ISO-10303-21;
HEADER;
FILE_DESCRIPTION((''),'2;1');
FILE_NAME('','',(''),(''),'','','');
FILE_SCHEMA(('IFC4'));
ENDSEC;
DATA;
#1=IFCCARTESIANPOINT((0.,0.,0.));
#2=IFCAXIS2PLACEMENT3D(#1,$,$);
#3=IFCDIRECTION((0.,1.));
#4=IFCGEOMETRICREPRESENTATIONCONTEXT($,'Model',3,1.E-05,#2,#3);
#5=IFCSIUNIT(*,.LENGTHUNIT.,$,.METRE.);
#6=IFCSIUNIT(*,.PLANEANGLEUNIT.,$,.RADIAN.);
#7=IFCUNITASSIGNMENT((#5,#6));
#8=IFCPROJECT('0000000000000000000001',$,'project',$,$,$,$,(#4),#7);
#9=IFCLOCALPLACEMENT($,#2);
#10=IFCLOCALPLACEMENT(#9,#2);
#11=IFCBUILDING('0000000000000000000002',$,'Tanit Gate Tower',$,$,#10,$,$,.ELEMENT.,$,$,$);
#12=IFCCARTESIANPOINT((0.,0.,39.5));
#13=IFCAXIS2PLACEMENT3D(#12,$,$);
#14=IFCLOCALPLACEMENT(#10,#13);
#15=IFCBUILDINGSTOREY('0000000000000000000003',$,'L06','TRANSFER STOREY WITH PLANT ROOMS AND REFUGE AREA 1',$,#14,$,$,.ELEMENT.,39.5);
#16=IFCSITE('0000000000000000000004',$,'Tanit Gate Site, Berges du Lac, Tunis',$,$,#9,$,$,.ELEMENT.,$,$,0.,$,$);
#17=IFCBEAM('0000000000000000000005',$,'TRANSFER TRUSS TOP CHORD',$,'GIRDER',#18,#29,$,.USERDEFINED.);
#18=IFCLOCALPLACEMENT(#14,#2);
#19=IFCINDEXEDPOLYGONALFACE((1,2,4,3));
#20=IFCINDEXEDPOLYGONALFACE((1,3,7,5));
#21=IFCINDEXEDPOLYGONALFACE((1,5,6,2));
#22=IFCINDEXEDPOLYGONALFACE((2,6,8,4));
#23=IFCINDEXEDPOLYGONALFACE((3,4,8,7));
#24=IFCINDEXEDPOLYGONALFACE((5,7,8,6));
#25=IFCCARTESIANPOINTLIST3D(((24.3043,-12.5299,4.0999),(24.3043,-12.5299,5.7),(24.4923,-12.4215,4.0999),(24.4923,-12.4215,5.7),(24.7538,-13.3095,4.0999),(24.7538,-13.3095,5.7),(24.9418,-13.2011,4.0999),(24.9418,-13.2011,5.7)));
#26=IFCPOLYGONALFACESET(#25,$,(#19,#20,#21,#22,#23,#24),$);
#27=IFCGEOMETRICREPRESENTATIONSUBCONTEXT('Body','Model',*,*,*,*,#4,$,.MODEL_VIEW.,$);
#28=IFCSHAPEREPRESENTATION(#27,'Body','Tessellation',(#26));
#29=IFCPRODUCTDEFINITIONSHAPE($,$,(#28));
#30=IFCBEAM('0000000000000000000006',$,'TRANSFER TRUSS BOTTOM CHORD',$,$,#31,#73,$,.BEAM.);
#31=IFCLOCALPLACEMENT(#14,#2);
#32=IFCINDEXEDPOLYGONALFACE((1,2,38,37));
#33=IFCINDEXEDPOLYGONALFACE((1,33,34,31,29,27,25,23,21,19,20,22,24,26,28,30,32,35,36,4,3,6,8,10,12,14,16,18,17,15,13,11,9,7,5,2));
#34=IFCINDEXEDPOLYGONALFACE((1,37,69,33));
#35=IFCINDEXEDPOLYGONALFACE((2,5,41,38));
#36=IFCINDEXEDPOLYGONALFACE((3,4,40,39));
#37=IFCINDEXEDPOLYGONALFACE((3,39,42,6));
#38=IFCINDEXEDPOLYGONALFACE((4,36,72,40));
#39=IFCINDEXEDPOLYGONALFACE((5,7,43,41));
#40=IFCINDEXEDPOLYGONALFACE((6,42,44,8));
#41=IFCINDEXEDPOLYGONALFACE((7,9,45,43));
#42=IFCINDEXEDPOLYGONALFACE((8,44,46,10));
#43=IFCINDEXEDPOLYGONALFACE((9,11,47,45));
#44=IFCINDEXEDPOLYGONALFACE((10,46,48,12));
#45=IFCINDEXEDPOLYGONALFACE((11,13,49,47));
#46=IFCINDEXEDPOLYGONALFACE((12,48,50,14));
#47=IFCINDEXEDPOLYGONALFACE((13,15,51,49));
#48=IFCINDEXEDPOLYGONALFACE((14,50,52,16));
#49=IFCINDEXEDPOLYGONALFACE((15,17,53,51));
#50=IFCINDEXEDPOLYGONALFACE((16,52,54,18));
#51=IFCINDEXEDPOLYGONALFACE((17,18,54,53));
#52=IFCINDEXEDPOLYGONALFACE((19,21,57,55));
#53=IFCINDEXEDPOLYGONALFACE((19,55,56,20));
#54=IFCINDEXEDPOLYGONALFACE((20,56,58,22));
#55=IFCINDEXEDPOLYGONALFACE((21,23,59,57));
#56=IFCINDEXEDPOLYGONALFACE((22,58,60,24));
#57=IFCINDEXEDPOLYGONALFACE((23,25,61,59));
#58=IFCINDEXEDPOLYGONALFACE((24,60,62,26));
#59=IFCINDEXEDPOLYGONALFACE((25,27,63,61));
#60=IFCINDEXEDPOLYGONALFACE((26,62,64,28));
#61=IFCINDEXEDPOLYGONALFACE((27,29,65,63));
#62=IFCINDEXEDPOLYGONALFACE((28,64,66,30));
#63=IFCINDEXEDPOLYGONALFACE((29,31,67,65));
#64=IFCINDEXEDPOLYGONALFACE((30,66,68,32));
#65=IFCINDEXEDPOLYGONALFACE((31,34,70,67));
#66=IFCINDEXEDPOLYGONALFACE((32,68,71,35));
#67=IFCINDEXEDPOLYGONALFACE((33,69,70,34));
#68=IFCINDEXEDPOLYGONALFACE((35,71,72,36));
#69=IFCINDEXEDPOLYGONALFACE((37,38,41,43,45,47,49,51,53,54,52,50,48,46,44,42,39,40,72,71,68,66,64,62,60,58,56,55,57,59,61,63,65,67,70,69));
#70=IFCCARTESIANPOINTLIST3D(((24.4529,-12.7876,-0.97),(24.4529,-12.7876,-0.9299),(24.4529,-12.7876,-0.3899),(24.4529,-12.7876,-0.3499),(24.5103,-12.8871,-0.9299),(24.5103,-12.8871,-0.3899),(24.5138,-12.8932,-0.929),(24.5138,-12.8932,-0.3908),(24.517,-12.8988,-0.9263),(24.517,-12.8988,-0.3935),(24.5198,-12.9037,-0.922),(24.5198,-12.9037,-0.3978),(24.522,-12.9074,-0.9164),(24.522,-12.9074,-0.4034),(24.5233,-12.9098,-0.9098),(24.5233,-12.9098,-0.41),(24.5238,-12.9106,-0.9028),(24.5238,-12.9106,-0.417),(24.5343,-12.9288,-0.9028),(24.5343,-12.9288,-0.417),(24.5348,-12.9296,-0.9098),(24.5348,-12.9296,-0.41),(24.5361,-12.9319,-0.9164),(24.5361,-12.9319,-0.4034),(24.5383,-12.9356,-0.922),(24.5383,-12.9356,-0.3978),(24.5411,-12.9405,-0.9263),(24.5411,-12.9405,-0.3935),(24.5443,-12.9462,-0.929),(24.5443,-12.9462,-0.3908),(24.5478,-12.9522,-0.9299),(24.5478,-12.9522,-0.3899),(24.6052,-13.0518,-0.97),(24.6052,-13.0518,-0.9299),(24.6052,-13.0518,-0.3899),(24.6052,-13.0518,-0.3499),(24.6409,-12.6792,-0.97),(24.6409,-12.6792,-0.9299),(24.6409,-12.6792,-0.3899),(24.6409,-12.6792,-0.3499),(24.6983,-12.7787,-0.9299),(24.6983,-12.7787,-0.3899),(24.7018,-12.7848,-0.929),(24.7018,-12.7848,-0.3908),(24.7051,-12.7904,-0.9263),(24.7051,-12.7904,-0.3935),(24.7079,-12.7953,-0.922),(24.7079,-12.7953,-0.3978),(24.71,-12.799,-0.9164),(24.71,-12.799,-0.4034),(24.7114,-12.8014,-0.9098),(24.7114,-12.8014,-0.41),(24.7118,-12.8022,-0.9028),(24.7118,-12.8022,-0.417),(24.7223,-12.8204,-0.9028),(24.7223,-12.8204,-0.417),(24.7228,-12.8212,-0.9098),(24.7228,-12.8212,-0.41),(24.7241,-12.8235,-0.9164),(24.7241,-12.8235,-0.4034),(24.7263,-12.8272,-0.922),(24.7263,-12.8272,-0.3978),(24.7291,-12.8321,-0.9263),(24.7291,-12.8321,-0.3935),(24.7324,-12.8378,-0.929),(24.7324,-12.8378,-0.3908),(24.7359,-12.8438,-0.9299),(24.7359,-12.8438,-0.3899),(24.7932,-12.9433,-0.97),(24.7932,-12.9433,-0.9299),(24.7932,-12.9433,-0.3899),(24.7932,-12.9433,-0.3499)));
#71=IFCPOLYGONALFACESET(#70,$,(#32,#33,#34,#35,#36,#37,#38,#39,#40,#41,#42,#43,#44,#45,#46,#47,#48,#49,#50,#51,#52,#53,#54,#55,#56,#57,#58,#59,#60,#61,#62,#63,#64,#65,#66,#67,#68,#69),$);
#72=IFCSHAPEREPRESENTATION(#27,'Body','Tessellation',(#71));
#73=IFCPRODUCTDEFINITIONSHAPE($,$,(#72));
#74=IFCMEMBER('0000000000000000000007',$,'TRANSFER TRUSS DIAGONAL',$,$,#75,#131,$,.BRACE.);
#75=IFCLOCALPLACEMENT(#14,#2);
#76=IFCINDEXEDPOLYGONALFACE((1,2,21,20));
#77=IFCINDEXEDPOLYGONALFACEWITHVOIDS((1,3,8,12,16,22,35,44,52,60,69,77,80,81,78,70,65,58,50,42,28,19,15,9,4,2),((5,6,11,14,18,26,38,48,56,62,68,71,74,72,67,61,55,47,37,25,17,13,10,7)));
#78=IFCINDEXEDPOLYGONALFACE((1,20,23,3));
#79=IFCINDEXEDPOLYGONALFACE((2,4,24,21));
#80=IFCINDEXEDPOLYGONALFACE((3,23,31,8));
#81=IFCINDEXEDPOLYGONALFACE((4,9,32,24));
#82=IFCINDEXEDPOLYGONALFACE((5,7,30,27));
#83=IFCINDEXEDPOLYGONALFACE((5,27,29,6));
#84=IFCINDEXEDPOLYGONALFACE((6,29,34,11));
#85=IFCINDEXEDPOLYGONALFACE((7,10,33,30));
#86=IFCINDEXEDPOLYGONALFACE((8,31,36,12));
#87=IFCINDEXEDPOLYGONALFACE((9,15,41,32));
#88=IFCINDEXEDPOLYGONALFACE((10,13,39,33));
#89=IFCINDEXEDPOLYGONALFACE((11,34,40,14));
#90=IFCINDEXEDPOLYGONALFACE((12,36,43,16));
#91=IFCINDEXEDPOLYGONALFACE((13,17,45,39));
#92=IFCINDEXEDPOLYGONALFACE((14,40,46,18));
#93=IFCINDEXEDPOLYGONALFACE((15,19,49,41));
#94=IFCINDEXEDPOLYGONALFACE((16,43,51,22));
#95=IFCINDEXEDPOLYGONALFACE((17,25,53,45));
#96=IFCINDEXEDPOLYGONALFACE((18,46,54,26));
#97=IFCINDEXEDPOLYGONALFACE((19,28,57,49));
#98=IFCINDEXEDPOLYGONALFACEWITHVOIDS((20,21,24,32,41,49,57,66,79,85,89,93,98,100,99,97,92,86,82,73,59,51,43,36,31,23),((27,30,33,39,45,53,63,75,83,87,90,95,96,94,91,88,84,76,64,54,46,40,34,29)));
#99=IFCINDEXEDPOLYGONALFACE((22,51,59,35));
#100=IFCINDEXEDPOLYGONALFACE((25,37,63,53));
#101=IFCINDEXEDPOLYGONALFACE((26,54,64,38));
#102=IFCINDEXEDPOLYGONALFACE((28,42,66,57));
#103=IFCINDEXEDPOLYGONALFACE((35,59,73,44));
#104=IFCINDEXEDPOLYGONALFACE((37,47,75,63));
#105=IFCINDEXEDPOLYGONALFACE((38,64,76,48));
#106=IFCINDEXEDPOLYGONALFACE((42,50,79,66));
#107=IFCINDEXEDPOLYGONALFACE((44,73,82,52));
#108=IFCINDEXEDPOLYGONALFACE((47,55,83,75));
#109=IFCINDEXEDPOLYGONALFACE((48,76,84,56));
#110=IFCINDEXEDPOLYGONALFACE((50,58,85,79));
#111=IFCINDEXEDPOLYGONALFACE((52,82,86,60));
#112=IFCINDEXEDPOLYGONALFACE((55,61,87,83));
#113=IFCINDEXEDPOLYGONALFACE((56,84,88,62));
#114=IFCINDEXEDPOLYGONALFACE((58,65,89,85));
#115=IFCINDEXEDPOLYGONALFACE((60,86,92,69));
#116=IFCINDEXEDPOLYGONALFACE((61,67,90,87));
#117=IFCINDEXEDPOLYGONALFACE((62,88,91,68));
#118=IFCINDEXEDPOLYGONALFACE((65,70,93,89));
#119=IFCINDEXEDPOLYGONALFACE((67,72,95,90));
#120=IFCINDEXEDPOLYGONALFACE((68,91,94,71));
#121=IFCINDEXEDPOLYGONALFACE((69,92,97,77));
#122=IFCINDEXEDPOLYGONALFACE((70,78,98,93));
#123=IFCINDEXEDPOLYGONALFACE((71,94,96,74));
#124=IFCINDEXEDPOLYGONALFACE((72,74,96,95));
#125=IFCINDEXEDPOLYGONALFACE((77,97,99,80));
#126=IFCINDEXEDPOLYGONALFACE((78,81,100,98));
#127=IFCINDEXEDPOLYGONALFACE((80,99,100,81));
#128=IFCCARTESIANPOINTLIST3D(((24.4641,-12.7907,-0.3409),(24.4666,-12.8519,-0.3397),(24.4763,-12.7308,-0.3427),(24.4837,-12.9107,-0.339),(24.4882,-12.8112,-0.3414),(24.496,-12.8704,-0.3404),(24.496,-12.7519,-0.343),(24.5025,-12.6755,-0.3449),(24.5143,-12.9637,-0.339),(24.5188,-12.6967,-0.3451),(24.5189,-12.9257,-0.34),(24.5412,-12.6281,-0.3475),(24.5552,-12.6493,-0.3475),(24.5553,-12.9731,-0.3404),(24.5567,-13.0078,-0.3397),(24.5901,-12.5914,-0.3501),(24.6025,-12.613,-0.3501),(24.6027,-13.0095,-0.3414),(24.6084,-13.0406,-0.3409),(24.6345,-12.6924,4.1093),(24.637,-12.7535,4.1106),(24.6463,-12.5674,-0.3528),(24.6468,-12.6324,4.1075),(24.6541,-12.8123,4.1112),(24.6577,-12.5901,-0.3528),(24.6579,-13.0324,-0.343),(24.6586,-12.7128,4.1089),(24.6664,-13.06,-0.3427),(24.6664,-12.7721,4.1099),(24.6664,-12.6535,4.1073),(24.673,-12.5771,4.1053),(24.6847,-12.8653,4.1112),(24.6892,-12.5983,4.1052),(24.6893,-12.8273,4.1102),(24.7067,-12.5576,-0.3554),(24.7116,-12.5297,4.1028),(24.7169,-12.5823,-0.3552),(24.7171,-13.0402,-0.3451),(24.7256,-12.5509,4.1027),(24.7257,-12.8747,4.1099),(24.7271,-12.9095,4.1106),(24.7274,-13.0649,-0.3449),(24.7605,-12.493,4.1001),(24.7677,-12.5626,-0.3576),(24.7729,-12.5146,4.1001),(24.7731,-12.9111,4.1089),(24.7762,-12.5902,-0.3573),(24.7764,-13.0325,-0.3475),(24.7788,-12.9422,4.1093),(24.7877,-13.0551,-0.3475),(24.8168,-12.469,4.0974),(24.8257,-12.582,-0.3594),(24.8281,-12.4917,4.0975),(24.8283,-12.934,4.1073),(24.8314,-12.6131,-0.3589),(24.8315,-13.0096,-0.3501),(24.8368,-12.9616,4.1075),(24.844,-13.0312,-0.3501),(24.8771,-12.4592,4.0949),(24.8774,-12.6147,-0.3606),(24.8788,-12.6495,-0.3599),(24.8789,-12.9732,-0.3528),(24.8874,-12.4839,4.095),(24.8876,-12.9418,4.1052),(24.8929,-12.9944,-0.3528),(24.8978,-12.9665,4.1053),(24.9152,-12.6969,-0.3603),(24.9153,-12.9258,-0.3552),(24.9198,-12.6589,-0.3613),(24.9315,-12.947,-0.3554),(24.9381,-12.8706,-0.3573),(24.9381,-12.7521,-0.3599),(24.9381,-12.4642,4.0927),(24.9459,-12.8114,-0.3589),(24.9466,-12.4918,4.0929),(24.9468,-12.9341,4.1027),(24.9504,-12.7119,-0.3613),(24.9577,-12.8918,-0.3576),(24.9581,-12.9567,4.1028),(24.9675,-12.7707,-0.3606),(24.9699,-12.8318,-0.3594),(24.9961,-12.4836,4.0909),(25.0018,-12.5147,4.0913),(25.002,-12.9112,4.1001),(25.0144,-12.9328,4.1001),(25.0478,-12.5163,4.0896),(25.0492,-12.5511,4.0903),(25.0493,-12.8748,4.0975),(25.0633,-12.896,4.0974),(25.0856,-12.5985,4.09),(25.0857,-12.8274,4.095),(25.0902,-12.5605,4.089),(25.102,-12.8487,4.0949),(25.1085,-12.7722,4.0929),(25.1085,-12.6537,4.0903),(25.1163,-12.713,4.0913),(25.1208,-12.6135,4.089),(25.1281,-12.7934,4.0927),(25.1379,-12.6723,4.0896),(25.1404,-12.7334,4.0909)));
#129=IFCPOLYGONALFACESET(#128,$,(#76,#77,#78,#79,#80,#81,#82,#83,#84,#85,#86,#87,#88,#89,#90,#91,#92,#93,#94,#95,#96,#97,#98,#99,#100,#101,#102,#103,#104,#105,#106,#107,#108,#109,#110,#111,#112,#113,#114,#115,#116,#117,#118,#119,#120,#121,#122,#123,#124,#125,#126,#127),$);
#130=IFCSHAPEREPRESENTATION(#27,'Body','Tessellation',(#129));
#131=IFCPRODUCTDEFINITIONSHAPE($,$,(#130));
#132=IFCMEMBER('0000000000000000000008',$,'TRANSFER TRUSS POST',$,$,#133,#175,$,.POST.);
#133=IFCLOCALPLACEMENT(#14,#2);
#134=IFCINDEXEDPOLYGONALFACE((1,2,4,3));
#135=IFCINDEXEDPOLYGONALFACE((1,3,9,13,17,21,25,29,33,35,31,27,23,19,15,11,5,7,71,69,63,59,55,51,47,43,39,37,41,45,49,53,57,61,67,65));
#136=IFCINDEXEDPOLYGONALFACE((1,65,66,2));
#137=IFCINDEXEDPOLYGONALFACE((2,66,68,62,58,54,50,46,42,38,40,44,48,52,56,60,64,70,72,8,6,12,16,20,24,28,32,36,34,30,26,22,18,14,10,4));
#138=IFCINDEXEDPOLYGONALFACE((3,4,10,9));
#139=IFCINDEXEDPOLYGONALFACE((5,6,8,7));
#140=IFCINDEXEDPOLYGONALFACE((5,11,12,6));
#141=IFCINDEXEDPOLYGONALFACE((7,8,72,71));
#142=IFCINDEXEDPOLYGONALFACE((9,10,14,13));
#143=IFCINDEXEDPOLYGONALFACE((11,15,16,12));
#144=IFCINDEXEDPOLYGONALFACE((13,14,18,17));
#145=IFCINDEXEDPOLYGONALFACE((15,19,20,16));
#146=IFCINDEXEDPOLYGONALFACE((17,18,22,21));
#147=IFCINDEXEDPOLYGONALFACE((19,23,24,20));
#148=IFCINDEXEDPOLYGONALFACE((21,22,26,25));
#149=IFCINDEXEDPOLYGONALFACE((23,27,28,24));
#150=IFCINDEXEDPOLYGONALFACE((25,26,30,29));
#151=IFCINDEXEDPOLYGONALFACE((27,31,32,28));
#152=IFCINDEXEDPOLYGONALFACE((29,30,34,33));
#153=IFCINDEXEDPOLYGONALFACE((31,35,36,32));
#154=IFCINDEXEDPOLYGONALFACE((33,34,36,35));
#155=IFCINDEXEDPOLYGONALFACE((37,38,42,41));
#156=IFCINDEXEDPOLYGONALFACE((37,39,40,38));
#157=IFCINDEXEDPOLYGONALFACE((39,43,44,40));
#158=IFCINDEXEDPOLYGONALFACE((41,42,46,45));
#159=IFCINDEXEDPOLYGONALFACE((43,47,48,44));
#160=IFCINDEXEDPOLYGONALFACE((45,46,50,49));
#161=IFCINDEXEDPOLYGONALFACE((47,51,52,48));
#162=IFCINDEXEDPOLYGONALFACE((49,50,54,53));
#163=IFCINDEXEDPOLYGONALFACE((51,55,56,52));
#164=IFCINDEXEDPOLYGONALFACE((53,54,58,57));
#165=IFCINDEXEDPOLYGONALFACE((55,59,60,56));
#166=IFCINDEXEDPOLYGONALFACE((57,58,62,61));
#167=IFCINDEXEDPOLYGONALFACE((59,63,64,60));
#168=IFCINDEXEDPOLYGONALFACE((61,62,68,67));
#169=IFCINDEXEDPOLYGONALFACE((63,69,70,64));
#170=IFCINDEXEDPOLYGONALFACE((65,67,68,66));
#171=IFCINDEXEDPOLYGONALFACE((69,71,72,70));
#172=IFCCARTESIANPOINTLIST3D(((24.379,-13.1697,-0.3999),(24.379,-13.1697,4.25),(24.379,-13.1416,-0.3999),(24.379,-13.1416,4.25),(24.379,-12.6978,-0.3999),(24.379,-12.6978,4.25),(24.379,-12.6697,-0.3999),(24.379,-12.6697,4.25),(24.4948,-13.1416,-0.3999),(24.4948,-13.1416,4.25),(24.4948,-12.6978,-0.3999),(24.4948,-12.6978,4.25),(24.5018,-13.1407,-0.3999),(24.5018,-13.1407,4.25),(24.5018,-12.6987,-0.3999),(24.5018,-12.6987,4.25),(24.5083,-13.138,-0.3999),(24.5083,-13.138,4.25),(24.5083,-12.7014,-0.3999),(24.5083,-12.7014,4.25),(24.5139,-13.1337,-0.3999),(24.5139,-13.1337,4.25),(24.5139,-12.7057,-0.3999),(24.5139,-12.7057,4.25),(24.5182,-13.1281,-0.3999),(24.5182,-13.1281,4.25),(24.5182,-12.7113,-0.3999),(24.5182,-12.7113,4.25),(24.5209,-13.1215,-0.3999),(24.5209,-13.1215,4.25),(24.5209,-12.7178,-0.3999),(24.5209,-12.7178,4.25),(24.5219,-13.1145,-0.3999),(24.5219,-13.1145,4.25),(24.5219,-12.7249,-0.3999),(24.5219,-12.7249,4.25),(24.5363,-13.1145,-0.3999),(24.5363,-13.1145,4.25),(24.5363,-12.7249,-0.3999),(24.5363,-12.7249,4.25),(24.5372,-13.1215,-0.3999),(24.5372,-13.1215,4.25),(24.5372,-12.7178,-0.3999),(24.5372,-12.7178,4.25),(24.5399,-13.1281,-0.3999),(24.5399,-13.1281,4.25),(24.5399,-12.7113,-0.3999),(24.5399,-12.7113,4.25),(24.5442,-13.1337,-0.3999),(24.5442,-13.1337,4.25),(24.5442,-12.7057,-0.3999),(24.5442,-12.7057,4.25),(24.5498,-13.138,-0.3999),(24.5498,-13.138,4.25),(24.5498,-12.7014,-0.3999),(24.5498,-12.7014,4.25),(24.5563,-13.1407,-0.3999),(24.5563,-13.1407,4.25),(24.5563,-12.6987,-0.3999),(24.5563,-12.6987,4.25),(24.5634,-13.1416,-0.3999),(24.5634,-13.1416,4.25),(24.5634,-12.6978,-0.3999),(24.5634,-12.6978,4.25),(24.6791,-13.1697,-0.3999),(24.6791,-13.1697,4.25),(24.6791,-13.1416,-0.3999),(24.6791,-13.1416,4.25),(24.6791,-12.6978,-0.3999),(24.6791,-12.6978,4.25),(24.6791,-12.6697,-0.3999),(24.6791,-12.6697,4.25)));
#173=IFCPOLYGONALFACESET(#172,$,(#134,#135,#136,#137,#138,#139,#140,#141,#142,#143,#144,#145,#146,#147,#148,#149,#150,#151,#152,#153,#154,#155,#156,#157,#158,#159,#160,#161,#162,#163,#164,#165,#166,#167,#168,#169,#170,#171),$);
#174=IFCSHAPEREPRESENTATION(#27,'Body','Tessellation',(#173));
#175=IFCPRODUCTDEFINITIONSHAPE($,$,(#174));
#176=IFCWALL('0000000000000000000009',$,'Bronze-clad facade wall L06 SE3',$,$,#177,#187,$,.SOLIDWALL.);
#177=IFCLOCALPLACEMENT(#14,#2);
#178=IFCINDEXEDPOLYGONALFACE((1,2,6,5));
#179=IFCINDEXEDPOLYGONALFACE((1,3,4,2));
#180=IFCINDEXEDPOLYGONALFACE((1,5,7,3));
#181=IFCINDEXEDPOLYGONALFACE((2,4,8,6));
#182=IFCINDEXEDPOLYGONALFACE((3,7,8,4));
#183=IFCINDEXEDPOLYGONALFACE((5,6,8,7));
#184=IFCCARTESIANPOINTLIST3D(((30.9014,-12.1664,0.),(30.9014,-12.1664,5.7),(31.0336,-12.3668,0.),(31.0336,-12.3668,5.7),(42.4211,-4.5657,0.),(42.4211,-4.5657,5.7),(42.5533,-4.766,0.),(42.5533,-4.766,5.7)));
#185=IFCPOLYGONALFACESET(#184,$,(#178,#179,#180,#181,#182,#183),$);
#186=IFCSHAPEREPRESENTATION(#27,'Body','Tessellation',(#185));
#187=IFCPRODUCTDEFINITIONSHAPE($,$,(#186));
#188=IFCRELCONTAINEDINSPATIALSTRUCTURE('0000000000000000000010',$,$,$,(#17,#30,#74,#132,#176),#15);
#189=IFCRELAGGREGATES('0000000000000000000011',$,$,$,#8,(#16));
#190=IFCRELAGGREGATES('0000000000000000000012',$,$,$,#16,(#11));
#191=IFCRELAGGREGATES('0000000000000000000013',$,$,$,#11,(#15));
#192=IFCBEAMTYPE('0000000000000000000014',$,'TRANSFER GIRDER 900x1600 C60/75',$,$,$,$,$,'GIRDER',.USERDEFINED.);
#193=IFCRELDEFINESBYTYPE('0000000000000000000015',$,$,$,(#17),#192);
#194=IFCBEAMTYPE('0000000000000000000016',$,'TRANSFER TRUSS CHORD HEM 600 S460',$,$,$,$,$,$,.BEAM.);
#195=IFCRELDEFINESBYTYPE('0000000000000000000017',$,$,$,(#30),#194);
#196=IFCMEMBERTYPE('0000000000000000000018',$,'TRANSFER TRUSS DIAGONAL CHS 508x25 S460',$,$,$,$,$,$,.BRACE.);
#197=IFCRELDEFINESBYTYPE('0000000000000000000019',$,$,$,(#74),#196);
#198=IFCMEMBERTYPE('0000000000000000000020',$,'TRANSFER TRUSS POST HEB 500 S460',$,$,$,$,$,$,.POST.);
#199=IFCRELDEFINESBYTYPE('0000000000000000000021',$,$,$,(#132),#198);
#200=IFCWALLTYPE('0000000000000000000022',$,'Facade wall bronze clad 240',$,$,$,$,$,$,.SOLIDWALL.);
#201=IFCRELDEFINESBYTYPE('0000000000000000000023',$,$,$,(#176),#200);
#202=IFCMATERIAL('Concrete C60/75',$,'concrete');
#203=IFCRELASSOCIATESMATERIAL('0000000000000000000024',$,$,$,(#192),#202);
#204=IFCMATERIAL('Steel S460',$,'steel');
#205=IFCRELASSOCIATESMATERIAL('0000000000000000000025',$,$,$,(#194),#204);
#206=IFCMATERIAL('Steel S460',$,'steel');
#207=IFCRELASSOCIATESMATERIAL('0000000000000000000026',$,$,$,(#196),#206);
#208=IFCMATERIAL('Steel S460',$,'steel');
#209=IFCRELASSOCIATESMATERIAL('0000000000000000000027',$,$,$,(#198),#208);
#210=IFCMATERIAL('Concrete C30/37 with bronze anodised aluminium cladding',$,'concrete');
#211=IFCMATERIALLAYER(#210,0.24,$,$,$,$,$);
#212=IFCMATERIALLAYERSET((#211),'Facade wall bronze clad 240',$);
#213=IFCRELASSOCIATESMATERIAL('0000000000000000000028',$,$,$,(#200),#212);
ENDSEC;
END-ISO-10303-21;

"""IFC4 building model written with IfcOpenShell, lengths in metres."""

from ifc_helpers import new_model, si_unit, direction, frame, frame_2d, origin, origin_2d, place, context, subcontext, project, spatial, rectangle, hollow_circle, i_section, extrude, material, layer, layer_set, material_profile, profile_set, type_object, element, save


model = new_model("IFC4")

# Units and contexts
model_context = context("Model", 3, precision=1e-05, world=origin(), true_north=direction((0.0, 1.0)))
body_context = subcontext(model_context, "Body", "Model", "MODEL_VIEW")
ifc_project = project(units=[si_unit("LENGTHUNIT", "METRE"), si_unit("PLANEANGLEUNIT", "RADIAN")], contexts=[model_context])

# Site, building, storey
site_placement = place(None, origin())
site = spatial("IfcSite", under=ifc_project, at=site_placement, Name="Tanit Gate Site, Berges du Lac, Tunis", CompositionType="ELEMENT", RefElevation=0.0)
building_placement = place(site_placement, origin())
building = spatial("IfcBuilding", under=site, at=building_placement, Name="Tanit Gate Tower", CompositionType="ELEMENT")
storey_placement = place(building_placement, frame((0.0, 0.0, 39.5)))
storey = spatial("IfcBuildingStorey", under=building, at=storey_placement, Name="L06", Description="TRANSFER STOREY WITH PLANT ROOMS AND REFUGE AREA 1", CompositionType="ELEMENT", Elevation=39.5)

# Beams
ifc_material_1 = material(Name="Concrete C60/75", Category="concrete")
ifc_material_profile_1 = material_profile(ifc_material_1, rectangle(XDim=0.8999, YDim=1.6001, at=origin_2d()), Name="RC 900x1600")
ifc_profile_set_1 = profile_set([ifc_material_profile_1], Name="Concrete C60/75")
beam_type_1 = type_object("IfcBeamType", Name="TRANSFER GIRDER 900x1600 C60/75", ElementType="GIRDER", PredefinedType="USERDEFINED", material=ifc_profile_set_1)
beam_1_placement = place(storey_placement, frame((24.5291, -12.9197, 4.8999), z_axis=(0.866298, 0.499528, 0.0), x_axis=(-0.499528, 0.866298, 0.0)))
element("IfcBeam", 1, at=beam_1_placement, inside=storey, type_object=beam_type_1, Name="TRANSFER TRUSS TOP CHORD", ObjectType="GIRDER", PredefinedType="USERDEFINED", context=body_context, shape_type="SweptSolid", body=[
    extrude(rectangle(XDim=0.8999, YDim=1.6001, at=origin_2d()), origin(), (0.0, 0.0, 1.0), 0.217),
])
ifc_material_2 = material(Name="Steel S460", Category="steel")
ifc_material_profile_2 = material_profile(ifc_material_2, i_section(OverallWidth=0.3049, OverallDepth=0.6201, WebThickness=0.021, FlangeThickness=0.04, FilletRadius=0.0271, at=origin_2d()), Name="HEM 600")
ifc_profile_set_2 = profile_set([ifc_material_profile_2], Name="Steel S460")
beam_type_2 = type_object("IfcBeamType", Name="TRANSFER TRUSS CHORD HEM 600 S460", PredefinedType="BEAM", material=ifc_profile_set_2)
beam_2_placement = place(storey_placement, frame((24.5291, -12.9197, -0.6599), z_axis=(0.866298, 0.499528, 0.0), x_axis=(-0.499528, 0.866298, 0.0)))
element("IfcBeam", 2, at=beam_2_placement, inside=storey, type_object=beam_type_2, Name="TRANSFER TRUSS BOTTOM CHORD", PredefinedType="BEAM", context=body_context, shape_type="SweptSolid", body=[
    extrude(i_section(OverallWidth=0.3049, OverallDepth=0.6201, WebThickness=0.021, FlangeThickness=0.04, FilletRadius=0.0271, at=origin_2d()), origin(), (0.0, 0.0, 1.0), 0.217),
])

# Members
ifc_material_3 = material(Name="Steel S460", Category="steel")
ifc_material_profile_3 = material_profile(ifc_material_3, hollow_circle(Radius=0.2539, WallThickness=0.0249, at=origin_2d()), Name="CHS 508x25")
ifc_profile_set_3 = profile_set([ifc_material_profile_3], Name="Steel S460")
member_type_1 = type_object("IfcMemberType", Name="TRANSFER TRUSS DIAGONAL CHS 508x25 S460", PredefinedType="BRACE", material=ifc_profile_set_3)
member_1_placement = place(storey_placement, frame((24.8875, -12.7129, 4.1001), z_axis=(-0.038255, -0.022087, -0.999024), x_axis=(0.500009, -0.86602, 0.0)))
element("IfcMember", 3, at=member_1_placement, inside=storey, type_object=member_type_1, Name="TRANSFER TRUSS DIAGONAL", PredefinedType="BRACE", context=body_context, shape_type="SweptSolid", body=[
    extrude(hollow_circle(Radius=0.2539, WallThickness=0.0249, at=origin_2d()), origin(), (0.0, 0.0, 1.0), 4.4546),
])
ifc_material_4 = material(Name="Steel S460", Category="steel")
ifc_material_profile_4 = material_profile(ifc_material_4, i_section(OverallWidth=0.3, OverallDepth=0.5, WebThickness=0.0144, FlangeThickness=0.0281, FilletRadius=0.0271, at=origin_2d()), Name="HEB 500")
ifc_profile_set_4 = profile_set([ifc_material_profile_4], Name="Steel S460")
member_type_2 = type_object("IfcMemberType", Name="TRANSFER TRUSS POST HEB 500 S460", PredefinedType="POST", material=ifc_profile_set_4)
member_2_placement = place(storey_placement, frame((24.5291, -12.9197, -0.3999), z_axis=(0.0, 0.0, 1.0), x_axis=(1.0, 0.0, 0.0)))
element("IfcMember", 4, at=member_2_placement, inside=storey, type_object=member_type_2, Name="TRANSFER TRUSS POST", PredefinedType="POST", context=body_context, shape_type="SweptSolid", body=[
    extrude(i_section(OverallWidth=0.3, OverallDepth=0.5, WebThickness=0.0144, FlangeThickness=0.0281, FilletRadius=0.0271, at=origin_2d()), origin(), (0.0, 0.0, 1.0), 4.6499),
])

# Wall
ifc_material_5 = material(Name="Concrete C30/37 with bronze anodised aluminium cladding", Category="concrete")
ifc_layer_1 = layer(ifc_material_5, 0.24)
ifc_layer_set_1 = layer_set([ifc_layer_1], Name="Facade wall bronze clad 240")
wall_type_1 = type_object("IfcWallType", Name="Facade wall bronze clad 240", PredefinedType="SOLIDWALL", material=ifc_layer_set_1)
wall_1_placement = place(storey_placement, frame((30.9675, -12.2666, 0.0), z_axis=(0.0, 0.0, 1.0), x_axis=(0.834683, 0.55073, 0.0)))
element("IfcWall", 5, at=wall_1_placement, inside=storey, type_object=wall_type_1, Name="Bronze-clad facade wall L06 SE3", PredefinedType="SOLIDWALL", context=body_context, shape_type="SweptSolid", body=[
    extrude(rectangle(XDim=13.8013, YDim=0.24, at=frame_2d((6.9006, 0.0))), origin(), (0.0, 0.0, 1.0), 5.7),
])

save(model, "model.ifc")
